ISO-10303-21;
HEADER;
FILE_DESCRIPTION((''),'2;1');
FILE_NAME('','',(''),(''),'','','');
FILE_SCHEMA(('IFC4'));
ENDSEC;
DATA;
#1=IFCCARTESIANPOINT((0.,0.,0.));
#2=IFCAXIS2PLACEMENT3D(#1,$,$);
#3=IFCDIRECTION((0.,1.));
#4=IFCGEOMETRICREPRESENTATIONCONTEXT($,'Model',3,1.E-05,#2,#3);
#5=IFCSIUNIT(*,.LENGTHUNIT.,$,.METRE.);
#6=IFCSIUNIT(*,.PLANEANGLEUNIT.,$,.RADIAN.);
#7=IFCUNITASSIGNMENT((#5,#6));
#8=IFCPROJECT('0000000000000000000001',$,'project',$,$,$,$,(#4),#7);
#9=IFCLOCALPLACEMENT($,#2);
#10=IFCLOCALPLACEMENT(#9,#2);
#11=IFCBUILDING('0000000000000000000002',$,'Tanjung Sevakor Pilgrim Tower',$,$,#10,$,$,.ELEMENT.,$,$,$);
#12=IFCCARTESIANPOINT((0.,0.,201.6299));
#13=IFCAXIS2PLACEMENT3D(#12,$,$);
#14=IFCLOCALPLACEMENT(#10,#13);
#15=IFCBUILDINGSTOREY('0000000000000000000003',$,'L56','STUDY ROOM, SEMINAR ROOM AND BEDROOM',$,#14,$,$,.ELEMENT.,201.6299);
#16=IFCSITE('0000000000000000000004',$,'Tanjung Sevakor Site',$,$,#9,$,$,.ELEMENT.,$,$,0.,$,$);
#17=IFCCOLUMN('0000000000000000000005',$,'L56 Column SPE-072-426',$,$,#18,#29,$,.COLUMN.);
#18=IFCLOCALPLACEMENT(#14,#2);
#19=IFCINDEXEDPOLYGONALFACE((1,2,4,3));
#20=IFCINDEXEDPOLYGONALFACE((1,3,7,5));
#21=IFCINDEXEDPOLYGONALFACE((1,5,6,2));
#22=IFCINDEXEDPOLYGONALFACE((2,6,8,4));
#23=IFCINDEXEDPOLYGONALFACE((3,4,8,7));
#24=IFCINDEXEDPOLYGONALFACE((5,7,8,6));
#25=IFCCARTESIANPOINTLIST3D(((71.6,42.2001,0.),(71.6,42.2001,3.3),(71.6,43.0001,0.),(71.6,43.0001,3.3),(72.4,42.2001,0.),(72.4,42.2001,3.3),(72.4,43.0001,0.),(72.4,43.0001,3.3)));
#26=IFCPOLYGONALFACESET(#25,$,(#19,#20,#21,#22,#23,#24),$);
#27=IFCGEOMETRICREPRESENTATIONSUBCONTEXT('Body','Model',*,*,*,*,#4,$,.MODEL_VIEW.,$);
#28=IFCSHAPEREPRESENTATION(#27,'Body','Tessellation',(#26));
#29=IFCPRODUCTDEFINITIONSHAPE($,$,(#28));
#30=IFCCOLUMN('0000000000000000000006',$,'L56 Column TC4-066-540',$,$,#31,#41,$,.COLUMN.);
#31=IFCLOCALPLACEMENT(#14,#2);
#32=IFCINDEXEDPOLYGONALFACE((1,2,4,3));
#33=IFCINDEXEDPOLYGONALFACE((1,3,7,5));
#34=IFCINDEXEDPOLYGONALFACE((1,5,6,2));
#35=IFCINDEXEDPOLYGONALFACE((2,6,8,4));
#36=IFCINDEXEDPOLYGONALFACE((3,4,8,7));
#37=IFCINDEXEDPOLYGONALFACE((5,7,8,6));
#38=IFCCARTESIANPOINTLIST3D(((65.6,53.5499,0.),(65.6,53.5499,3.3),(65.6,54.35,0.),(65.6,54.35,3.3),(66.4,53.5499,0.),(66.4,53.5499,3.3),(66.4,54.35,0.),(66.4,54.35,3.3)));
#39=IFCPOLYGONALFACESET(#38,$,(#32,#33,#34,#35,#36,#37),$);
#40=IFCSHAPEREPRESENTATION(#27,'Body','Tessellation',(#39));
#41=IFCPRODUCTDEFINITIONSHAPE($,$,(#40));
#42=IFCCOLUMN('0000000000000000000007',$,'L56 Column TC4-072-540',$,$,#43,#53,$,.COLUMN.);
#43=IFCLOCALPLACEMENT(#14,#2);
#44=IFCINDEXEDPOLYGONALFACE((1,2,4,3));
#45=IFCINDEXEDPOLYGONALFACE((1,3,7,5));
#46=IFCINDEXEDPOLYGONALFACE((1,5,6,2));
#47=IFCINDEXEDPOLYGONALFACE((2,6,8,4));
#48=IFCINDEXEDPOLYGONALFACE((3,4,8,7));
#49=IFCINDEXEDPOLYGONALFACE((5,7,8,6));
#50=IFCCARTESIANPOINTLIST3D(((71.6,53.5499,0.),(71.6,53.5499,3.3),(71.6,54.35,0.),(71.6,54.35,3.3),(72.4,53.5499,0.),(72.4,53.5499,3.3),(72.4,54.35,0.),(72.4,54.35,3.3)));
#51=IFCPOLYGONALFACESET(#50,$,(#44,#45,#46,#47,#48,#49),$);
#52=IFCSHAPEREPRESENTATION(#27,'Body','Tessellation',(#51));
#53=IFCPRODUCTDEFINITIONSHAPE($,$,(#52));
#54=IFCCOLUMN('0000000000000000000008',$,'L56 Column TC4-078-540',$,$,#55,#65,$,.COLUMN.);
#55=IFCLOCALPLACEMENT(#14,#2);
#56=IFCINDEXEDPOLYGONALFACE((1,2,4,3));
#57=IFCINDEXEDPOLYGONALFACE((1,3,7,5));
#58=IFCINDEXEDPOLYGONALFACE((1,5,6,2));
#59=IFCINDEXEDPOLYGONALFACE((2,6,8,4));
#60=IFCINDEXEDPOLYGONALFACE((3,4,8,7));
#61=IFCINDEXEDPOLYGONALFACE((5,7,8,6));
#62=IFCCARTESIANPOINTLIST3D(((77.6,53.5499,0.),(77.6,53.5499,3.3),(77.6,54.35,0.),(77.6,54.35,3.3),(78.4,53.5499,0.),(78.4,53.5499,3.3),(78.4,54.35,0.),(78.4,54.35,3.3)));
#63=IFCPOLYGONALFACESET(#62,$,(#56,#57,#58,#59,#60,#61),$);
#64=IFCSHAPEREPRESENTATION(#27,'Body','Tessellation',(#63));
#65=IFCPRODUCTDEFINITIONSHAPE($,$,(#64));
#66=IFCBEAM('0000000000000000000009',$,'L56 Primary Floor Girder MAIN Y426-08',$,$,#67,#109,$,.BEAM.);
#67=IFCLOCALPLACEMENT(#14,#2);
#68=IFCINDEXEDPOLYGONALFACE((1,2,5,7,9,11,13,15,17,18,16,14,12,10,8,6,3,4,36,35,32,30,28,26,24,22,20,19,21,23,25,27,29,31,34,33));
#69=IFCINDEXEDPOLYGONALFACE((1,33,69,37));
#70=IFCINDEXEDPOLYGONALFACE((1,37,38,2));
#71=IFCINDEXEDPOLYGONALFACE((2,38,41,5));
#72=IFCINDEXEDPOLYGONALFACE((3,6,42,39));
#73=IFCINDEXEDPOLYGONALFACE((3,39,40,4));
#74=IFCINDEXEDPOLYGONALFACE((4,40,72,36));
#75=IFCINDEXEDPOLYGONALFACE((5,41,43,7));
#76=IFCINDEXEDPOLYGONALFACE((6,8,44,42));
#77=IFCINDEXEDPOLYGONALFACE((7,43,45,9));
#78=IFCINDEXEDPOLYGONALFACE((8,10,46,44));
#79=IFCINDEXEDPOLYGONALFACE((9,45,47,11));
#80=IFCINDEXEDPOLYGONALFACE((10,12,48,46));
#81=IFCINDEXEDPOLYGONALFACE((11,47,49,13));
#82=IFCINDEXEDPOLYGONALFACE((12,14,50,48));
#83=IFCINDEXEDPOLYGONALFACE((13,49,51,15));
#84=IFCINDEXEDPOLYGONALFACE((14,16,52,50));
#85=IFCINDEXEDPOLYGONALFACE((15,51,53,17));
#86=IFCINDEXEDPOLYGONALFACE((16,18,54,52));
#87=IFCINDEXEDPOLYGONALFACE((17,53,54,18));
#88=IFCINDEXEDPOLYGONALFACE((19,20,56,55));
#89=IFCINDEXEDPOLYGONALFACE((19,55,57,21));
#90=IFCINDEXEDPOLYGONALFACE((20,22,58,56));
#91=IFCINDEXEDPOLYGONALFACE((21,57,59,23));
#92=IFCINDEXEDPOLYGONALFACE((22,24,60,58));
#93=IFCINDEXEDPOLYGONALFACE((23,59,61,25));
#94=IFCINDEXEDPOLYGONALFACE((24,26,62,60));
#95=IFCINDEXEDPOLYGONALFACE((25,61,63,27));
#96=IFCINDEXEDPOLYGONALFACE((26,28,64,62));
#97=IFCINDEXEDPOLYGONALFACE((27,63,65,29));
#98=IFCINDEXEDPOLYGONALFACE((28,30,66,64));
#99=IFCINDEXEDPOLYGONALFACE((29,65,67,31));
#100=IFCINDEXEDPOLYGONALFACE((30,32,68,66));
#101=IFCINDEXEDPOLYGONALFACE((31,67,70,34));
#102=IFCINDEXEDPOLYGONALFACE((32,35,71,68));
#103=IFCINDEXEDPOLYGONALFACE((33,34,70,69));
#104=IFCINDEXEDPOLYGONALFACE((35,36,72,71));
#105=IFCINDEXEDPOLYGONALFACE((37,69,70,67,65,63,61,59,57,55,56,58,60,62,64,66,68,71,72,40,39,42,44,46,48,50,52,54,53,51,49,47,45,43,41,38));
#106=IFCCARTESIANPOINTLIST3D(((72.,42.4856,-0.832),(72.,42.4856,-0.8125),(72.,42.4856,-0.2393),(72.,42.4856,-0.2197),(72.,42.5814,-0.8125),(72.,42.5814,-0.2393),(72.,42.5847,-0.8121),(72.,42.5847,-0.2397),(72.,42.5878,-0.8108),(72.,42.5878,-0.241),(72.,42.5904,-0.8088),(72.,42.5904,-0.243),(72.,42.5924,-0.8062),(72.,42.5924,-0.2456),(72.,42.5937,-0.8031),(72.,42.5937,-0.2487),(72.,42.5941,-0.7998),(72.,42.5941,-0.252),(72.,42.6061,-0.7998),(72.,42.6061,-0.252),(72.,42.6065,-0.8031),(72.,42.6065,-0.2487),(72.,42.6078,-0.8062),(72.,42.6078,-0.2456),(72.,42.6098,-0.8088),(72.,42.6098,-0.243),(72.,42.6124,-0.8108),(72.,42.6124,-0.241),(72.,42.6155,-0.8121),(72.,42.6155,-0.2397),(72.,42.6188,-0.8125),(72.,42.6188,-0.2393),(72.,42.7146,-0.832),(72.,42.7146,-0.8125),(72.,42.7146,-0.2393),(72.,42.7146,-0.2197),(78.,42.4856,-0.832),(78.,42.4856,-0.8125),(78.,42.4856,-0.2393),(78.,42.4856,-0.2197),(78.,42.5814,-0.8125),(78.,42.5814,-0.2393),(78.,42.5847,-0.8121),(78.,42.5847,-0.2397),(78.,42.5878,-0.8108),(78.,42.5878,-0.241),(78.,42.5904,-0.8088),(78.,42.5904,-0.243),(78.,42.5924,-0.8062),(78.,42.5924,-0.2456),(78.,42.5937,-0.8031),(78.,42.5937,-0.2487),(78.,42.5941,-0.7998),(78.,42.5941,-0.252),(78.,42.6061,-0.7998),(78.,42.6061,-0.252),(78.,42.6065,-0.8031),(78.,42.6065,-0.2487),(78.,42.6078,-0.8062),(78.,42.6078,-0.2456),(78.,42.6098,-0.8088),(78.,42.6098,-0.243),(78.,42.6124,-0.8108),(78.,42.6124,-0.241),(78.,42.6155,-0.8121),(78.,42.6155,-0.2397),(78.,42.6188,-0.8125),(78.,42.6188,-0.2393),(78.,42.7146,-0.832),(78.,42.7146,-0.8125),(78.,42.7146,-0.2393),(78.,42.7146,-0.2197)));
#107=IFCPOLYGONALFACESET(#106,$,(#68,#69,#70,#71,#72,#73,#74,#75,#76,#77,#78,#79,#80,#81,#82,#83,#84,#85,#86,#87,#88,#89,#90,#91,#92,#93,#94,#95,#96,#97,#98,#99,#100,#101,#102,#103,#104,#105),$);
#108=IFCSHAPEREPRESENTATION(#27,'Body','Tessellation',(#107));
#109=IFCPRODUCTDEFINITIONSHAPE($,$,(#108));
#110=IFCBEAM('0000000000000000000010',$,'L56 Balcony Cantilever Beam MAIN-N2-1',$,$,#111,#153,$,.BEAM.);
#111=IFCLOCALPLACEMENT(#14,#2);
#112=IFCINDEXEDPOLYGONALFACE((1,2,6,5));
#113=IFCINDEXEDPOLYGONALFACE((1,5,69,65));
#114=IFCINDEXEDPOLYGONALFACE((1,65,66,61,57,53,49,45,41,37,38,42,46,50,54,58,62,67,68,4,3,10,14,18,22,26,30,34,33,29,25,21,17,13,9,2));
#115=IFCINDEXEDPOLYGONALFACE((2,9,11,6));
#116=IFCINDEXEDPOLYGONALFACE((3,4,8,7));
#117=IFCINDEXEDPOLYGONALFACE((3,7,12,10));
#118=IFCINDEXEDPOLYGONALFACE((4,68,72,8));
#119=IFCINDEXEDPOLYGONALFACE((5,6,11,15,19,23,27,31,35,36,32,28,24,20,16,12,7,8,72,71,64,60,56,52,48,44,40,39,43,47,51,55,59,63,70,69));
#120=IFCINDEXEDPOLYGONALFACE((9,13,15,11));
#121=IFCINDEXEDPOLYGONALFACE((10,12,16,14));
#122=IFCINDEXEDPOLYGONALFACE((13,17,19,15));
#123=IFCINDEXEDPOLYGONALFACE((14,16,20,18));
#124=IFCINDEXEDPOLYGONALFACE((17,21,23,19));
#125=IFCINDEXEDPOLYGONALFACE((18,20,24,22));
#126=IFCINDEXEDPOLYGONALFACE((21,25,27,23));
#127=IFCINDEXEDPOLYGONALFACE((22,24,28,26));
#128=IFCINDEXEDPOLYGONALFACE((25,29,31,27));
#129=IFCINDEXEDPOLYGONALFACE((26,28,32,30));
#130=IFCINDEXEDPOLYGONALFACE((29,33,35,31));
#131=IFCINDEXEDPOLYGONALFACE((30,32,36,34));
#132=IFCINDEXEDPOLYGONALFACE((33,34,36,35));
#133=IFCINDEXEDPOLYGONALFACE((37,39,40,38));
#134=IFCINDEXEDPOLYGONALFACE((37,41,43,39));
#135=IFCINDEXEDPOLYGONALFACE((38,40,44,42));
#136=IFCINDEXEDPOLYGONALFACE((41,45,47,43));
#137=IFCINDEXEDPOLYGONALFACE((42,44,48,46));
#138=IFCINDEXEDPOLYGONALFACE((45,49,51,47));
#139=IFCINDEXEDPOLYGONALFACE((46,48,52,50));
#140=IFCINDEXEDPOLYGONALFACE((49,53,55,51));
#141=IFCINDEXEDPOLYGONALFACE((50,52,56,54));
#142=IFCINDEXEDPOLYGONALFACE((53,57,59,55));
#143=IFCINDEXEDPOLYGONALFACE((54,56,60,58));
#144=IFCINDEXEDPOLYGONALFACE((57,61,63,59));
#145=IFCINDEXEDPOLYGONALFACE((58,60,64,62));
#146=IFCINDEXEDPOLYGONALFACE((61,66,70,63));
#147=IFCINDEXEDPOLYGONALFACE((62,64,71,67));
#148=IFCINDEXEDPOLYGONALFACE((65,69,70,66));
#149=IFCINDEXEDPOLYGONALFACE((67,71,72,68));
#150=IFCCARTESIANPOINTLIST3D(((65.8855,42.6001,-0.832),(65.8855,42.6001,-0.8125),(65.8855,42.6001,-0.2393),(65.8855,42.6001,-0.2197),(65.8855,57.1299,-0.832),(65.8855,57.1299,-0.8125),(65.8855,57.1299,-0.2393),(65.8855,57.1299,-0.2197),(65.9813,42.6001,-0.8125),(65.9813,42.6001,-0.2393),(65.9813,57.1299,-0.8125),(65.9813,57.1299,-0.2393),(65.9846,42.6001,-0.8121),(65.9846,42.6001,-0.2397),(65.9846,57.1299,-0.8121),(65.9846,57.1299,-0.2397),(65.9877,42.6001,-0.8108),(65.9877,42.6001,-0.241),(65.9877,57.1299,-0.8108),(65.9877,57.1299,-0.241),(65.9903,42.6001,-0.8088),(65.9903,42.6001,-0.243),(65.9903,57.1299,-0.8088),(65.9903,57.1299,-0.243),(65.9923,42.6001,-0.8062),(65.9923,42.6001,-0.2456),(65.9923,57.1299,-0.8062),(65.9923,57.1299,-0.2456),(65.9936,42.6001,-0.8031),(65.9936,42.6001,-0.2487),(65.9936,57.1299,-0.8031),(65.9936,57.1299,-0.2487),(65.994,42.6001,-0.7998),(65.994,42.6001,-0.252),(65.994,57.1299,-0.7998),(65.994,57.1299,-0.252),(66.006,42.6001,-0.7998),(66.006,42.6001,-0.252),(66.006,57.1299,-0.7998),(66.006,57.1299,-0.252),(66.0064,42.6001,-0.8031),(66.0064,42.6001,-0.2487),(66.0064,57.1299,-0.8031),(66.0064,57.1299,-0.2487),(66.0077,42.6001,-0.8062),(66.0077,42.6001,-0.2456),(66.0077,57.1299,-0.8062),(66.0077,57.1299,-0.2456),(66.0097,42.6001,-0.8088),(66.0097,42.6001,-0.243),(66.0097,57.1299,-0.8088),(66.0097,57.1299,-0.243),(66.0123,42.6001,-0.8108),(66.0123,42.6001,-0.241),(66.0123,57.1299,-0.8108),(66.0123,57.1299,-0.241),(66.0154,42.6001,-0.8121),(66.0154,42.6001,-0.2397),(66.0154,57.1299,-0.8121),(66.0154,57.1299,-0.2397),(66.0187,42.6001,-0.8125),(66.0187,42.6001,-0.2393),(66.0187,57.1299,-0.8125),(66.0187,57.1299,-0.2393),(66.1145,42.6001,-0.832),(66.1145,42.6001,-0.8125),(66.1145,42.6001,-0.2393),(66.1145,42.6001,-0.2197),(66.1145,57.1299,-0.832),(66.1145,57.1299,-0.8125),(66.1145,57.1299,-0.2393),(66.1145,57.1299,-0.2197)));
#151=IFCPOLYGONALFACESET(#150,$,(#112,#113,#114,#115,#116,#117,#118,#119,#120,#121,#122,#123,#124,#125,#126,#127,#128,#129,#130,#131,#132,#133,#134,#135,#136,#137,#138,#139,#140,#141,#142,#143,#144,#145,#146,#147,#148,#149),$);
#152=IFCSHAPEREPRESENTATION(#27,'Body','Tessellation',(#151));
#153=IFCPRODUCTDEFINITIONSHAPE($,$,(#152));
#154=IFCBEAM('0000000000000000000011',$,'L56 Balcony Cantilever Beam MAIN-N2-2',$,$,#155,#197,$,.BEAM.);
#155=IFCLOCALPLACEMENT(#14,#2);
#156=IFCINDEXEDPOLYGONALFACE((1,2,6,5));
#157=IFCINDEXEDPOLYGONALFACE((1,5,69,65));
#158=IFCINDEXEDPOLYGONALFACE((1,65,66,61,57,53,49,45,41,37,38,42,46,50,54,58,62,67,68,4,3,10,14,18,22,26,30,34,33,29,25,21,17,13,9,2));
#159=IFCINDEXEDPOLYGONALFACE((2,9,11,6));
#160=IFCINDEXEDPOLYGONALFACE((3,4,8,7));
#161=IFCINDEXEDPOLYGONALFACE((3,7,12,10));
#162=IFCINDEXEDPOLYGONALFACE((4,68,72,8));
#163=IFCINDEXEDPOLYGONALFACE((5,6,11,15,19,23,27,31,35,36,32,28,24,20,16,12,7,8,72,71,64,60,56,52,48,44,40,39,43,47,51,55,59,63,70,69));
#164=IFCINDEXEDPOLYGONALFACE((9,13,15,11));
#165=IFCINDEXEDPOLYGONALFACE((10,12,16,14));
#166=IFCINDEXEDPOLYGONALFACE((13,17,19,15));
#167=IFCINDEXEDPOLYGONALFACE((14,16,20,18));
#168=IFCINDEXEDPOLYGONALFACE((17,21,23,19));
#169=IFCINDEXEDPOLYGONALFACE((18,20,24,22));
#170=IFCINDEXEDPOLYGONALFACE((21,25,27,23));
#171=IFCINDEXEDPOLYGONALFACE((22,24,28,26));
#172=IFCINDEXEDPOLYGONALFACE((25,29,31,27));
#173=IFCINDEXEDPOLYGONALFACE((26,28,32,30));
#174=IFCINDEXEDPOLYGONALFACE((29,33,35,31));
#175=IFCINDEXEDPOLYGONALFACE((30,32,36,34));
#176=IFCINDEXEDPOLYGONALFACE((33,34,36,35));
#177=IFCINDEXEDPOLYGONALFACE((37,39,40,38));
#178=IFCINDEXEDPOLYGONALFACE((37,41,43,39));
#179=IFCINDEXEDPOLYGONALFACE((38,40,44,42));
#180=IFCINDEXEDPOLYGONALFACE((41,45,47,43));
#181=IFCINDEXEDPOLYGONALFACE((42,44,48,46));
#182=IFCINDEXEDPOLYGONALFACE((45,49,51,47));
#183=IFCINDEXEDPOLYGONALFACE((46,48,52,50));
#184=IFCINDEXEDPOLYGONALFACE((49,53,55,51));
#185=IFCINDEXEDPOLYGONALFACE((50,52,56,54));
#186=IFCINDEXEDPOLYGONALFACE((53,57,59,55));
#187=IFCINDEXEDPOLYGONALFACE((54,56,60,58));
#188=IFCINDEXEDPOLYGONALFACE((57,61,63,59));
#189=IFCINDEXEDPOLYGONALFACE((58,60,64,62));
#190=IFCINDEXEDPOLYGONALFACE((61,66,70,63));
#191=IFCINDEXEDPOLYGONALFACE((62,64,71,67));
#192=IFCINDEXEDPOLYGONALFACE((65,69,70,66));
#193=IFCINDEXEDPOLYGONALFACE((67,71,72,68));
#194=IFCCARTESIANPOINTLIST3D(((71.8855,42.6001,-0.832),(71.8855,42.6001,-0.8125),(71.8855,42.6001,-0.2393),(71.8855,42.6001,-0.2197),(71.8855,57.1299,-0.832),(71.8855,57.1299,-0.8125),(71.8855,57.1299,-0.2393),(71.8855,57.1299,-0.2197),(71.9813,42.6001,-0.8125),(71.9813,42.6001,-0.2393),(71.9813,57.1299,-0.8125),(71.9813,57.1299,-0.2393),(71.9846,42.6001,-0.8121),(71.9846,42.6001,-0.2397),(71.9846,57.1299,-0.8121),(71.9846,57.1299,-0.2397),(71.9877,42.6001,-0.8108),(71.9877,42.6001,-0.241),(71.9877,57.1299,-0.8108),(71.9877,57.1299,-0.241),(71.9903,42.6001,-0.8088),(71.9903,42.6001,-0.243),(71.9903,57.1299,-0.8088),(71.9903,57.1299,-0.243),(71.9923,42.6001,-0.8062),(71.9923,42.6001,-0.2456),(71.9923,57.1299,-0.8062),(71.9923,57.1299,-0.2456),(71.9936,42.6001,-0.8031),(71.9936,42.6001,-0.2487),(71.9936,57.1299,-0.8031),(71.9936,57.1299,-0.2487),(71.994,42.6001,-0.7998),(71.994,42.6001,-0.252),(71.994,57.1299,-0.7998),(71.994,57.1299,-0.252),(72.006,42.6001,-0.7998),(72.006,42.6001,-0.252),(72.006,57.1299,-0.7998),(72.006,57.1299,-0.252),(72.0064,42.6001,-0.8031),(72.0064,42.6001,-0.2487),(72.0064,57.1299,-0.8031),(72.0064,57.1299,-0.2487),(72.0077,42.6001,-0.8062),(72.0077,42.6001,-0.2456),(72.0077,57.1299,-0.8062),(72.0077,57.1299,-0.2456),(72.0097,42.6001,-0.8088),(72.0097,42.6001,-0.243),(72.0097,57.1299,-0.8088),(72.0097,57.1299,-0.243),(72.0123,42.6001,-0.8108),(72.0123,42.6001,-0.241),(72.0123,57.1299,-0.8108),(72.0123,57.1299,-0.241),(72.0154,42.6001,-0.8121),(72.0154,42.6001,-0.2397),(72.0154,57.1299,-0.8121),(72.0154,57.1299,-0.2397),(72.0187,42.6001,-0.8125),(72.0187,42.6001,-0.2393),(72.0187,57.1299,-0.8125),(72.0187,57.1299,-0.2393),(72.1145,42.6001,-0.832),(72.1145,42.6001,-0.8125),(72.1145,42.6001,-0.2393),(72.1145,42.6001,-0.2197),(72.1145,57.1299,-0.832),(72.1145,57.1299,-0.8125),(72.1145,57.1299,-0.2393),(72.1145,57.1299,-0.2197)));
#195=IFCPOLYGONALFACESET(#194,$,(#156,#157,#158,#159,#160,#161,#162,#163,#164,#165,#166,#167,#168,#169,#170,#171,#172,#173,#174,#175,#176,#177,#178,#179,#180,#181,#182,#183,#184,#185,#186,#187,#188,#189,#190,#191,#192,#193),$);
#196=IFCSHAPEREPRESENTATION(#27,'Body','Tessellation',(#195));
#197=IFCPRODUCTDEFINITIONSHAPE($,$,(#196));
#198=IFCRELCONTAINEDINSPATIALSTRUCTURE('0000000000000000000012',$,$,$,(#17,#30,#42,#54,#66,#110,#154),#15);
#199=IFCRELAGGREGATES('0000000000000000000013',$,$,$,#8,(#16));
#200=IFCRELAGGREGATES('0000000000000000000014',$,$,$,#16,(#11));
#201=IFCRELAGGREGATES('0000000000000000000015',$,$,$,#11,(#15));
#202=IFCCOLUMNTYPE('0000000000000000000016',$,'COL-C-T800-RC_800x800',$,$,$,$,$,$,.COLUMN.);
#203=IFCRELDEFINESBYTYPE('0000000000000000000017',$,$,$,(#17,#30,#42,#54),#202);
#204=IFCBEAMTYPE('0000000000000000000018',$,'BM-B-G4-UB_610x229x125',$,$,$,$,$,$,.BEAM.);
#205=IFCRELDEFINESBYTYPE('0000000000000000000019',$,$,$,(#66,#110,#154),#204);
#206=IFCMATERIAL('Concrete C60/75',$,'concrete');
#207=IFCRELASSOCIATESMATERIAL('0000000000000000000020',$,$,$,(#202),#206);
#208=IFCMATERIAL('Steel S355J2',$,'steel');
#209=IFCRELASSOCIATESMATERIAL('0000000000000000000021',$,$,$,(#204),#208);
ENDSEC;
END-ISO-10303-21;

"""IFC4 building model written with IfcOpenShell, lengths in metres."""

from ifc_helpers import new_model, si_unit, direction, frame, origin, origin_2d, place, context, subcontext, project, spatial, rectangle, i_section, extrude, material, material_profile, profile_set, type_object, element, save


model = new_model("IFC4")

# Units and contexts
model_context = context("Model", 3, precision=1e-05, world=origin(), true_north=direction((0.0, 1.0)))
body_context = subcontext(model_context, "Body", "Model", "MODEL_VIEW")
ifc_project = project(units=[si_unit("LENGTHUNIT", "METRE"), si_unit("PLANEANGLEUNIT", "RADIAN")], contexts=[model_context])

# Site, building, storey
site_placement = place(None, origin())
site = spatial("IfcSite", under=ifc_project, at=site_placement, Name="Tanjung Sevakor Site", CompositionType="ELEMENT", RefElevation=0.0)
building_placement = place(site_placement, origin())
building = spatial("IfcBuilding", under=site, at=building_placement, Name="Tanjung Sevakor Pilgrim Tower", CompositionType="ELEMENT")
storey_placement = place(building_placement, frame((0.0, 0.0, 201.6299)))
storey = spatial("IfcBuildingStorey", under=building, at=storey_placement, Name="L56", Description="STUDY ROOM, SEMINAR ROOM AND BEDROOM", CompositionType="ELEMENT", Elevation=201.6299)

# Columns
ifc_material_1 = material(Name="Concrete C60/75", Category="concrete")
ifc_material_profile_1 = material_profile(ifc_material_1, rectangle(XDim=0.8, YDim=0.8, at=origin_2d()))
ifc_profile_set_1 = profile_set([ifc_material_profile_1], Name="Concrete C60/75")
column_type = type_object("IfcColumnType", Name="COL-C-T800-RC_800x800", PredefinedType="COLUMN", material=ifc_profile_set_1)
for number, where, z_axis, x_axis, name in (
    (1, (72.0, 42.6001, 0.0), (0.0, 0.0, 1.0), (1.0, 0.0, 0.0), "L56 Column SPE-072-426"),
    (2, (66.0, 53.95, 0.0), (0.0, 0.0, 1.0), (1.0, 0.0, 0.0), "L56 Column TC4-066-540"),
    (3, (72.0, 53.95, 0.0), (0.0, 0.0, 1.0), (1.0, 0.0, 0.0), "L56 Column TC4-072-540"),
    (4, (78.0, 53.95, 0.0), (0.0, 0.0, 1.0), (1.0, 0.0, 0.0), "L56 Column TC4-078-540"),
):
    element("IfcColumn", number, at=place(storey_placement, frame(where, z_axis=z_axis, x_axis=x_axis)), inside=storey, type_object=column_type, Name=name, PredefinedType="COLUMN", context=body_context, shape_type="SweptSolid", body=[
        extrude(rectangle(XDim=0.8, YDim=0.8, at=origin_2d()), origin(), (0.0, 0.0, 1.0), 3.3),
    ])

# Beams
ifc_material_2 = material(Name="Steel S355J2", Category="steel")
ifc_material_profile_2 = material_profile(ifc_material_2, i_section(OverallWidth=0.229, OverallDepth=0.6123, WebThickness=0.012, FlangeThickness=0.0195, FilletRadius=0.0127, at=origin_2d()))
ifc_profile_set_2 = profile_set([ifc_material_profile_2], Name="Steel S355J2")
beam_type_1 = type_object("IfcBeamType", Name="BM-B-G4-UB_610x229x125", PredefinedType="BEAM", material=ifc_profile_set_2)
beam_placement = place(storey_placement, frame((72.0, 42.6001, -0.5259), z_axis=(1.0, 0.0, 0.0), x_axis=(0.0, 1.0, 0.0)))
element("IfcBeam", 5, at=beam_placement, inside=storey, type_object=beam_type_1, Name="L56 Primary Floor Girder MAIN Y426-08", PredefinedType="BEAM", context=body_context, shape_type="SweptSolid", body=[
    extrude(i_section(OverallWidth=0.229, OverallDepth=0.6123, WebThickness=0.012, FlangeThickness=0.0195, FilletRadius=0.0127, at=origin_2d()), origin(), (0.0, 0.0, 1.0), 6.0),
])
for number, where, z_axis, x_axis, name in (
    (6, (66.0, 42.6001, -0.5259), (0.0, 1.0, 0.0), (-1.0, 0.0, 0.0), "L56 Balcony Cantilever Beam MAIN-N2-1"),
    (7, (72.0, 42.6001, -0.5259), (0.0, 1.0, 0.0), (-1.0, 0.0, 0.0), "L56 Balcony Cantilever Beam MAIN-N2-2"),
):
    element("IfcBeam", number, at=place(storey_placement, frame(where, z_axis=z_axis, x_axis=x_axis)), inside=storey, type_object=beam_type_1, Name=name, PredefinedType="BEAM", context=body_context, shape_type="SweptSolid", body=[
        extrude(i_section(OverallWidth=0.229, OverallDepth=0.6123, WebThickness=0.012, FlangeThickness=0.0195, FilletRadius=0.0127, at=origin_2d()), origin(), (0.0, 0.0, 1.0), 14.5298),
    ])

save(model, "model.ifc")
